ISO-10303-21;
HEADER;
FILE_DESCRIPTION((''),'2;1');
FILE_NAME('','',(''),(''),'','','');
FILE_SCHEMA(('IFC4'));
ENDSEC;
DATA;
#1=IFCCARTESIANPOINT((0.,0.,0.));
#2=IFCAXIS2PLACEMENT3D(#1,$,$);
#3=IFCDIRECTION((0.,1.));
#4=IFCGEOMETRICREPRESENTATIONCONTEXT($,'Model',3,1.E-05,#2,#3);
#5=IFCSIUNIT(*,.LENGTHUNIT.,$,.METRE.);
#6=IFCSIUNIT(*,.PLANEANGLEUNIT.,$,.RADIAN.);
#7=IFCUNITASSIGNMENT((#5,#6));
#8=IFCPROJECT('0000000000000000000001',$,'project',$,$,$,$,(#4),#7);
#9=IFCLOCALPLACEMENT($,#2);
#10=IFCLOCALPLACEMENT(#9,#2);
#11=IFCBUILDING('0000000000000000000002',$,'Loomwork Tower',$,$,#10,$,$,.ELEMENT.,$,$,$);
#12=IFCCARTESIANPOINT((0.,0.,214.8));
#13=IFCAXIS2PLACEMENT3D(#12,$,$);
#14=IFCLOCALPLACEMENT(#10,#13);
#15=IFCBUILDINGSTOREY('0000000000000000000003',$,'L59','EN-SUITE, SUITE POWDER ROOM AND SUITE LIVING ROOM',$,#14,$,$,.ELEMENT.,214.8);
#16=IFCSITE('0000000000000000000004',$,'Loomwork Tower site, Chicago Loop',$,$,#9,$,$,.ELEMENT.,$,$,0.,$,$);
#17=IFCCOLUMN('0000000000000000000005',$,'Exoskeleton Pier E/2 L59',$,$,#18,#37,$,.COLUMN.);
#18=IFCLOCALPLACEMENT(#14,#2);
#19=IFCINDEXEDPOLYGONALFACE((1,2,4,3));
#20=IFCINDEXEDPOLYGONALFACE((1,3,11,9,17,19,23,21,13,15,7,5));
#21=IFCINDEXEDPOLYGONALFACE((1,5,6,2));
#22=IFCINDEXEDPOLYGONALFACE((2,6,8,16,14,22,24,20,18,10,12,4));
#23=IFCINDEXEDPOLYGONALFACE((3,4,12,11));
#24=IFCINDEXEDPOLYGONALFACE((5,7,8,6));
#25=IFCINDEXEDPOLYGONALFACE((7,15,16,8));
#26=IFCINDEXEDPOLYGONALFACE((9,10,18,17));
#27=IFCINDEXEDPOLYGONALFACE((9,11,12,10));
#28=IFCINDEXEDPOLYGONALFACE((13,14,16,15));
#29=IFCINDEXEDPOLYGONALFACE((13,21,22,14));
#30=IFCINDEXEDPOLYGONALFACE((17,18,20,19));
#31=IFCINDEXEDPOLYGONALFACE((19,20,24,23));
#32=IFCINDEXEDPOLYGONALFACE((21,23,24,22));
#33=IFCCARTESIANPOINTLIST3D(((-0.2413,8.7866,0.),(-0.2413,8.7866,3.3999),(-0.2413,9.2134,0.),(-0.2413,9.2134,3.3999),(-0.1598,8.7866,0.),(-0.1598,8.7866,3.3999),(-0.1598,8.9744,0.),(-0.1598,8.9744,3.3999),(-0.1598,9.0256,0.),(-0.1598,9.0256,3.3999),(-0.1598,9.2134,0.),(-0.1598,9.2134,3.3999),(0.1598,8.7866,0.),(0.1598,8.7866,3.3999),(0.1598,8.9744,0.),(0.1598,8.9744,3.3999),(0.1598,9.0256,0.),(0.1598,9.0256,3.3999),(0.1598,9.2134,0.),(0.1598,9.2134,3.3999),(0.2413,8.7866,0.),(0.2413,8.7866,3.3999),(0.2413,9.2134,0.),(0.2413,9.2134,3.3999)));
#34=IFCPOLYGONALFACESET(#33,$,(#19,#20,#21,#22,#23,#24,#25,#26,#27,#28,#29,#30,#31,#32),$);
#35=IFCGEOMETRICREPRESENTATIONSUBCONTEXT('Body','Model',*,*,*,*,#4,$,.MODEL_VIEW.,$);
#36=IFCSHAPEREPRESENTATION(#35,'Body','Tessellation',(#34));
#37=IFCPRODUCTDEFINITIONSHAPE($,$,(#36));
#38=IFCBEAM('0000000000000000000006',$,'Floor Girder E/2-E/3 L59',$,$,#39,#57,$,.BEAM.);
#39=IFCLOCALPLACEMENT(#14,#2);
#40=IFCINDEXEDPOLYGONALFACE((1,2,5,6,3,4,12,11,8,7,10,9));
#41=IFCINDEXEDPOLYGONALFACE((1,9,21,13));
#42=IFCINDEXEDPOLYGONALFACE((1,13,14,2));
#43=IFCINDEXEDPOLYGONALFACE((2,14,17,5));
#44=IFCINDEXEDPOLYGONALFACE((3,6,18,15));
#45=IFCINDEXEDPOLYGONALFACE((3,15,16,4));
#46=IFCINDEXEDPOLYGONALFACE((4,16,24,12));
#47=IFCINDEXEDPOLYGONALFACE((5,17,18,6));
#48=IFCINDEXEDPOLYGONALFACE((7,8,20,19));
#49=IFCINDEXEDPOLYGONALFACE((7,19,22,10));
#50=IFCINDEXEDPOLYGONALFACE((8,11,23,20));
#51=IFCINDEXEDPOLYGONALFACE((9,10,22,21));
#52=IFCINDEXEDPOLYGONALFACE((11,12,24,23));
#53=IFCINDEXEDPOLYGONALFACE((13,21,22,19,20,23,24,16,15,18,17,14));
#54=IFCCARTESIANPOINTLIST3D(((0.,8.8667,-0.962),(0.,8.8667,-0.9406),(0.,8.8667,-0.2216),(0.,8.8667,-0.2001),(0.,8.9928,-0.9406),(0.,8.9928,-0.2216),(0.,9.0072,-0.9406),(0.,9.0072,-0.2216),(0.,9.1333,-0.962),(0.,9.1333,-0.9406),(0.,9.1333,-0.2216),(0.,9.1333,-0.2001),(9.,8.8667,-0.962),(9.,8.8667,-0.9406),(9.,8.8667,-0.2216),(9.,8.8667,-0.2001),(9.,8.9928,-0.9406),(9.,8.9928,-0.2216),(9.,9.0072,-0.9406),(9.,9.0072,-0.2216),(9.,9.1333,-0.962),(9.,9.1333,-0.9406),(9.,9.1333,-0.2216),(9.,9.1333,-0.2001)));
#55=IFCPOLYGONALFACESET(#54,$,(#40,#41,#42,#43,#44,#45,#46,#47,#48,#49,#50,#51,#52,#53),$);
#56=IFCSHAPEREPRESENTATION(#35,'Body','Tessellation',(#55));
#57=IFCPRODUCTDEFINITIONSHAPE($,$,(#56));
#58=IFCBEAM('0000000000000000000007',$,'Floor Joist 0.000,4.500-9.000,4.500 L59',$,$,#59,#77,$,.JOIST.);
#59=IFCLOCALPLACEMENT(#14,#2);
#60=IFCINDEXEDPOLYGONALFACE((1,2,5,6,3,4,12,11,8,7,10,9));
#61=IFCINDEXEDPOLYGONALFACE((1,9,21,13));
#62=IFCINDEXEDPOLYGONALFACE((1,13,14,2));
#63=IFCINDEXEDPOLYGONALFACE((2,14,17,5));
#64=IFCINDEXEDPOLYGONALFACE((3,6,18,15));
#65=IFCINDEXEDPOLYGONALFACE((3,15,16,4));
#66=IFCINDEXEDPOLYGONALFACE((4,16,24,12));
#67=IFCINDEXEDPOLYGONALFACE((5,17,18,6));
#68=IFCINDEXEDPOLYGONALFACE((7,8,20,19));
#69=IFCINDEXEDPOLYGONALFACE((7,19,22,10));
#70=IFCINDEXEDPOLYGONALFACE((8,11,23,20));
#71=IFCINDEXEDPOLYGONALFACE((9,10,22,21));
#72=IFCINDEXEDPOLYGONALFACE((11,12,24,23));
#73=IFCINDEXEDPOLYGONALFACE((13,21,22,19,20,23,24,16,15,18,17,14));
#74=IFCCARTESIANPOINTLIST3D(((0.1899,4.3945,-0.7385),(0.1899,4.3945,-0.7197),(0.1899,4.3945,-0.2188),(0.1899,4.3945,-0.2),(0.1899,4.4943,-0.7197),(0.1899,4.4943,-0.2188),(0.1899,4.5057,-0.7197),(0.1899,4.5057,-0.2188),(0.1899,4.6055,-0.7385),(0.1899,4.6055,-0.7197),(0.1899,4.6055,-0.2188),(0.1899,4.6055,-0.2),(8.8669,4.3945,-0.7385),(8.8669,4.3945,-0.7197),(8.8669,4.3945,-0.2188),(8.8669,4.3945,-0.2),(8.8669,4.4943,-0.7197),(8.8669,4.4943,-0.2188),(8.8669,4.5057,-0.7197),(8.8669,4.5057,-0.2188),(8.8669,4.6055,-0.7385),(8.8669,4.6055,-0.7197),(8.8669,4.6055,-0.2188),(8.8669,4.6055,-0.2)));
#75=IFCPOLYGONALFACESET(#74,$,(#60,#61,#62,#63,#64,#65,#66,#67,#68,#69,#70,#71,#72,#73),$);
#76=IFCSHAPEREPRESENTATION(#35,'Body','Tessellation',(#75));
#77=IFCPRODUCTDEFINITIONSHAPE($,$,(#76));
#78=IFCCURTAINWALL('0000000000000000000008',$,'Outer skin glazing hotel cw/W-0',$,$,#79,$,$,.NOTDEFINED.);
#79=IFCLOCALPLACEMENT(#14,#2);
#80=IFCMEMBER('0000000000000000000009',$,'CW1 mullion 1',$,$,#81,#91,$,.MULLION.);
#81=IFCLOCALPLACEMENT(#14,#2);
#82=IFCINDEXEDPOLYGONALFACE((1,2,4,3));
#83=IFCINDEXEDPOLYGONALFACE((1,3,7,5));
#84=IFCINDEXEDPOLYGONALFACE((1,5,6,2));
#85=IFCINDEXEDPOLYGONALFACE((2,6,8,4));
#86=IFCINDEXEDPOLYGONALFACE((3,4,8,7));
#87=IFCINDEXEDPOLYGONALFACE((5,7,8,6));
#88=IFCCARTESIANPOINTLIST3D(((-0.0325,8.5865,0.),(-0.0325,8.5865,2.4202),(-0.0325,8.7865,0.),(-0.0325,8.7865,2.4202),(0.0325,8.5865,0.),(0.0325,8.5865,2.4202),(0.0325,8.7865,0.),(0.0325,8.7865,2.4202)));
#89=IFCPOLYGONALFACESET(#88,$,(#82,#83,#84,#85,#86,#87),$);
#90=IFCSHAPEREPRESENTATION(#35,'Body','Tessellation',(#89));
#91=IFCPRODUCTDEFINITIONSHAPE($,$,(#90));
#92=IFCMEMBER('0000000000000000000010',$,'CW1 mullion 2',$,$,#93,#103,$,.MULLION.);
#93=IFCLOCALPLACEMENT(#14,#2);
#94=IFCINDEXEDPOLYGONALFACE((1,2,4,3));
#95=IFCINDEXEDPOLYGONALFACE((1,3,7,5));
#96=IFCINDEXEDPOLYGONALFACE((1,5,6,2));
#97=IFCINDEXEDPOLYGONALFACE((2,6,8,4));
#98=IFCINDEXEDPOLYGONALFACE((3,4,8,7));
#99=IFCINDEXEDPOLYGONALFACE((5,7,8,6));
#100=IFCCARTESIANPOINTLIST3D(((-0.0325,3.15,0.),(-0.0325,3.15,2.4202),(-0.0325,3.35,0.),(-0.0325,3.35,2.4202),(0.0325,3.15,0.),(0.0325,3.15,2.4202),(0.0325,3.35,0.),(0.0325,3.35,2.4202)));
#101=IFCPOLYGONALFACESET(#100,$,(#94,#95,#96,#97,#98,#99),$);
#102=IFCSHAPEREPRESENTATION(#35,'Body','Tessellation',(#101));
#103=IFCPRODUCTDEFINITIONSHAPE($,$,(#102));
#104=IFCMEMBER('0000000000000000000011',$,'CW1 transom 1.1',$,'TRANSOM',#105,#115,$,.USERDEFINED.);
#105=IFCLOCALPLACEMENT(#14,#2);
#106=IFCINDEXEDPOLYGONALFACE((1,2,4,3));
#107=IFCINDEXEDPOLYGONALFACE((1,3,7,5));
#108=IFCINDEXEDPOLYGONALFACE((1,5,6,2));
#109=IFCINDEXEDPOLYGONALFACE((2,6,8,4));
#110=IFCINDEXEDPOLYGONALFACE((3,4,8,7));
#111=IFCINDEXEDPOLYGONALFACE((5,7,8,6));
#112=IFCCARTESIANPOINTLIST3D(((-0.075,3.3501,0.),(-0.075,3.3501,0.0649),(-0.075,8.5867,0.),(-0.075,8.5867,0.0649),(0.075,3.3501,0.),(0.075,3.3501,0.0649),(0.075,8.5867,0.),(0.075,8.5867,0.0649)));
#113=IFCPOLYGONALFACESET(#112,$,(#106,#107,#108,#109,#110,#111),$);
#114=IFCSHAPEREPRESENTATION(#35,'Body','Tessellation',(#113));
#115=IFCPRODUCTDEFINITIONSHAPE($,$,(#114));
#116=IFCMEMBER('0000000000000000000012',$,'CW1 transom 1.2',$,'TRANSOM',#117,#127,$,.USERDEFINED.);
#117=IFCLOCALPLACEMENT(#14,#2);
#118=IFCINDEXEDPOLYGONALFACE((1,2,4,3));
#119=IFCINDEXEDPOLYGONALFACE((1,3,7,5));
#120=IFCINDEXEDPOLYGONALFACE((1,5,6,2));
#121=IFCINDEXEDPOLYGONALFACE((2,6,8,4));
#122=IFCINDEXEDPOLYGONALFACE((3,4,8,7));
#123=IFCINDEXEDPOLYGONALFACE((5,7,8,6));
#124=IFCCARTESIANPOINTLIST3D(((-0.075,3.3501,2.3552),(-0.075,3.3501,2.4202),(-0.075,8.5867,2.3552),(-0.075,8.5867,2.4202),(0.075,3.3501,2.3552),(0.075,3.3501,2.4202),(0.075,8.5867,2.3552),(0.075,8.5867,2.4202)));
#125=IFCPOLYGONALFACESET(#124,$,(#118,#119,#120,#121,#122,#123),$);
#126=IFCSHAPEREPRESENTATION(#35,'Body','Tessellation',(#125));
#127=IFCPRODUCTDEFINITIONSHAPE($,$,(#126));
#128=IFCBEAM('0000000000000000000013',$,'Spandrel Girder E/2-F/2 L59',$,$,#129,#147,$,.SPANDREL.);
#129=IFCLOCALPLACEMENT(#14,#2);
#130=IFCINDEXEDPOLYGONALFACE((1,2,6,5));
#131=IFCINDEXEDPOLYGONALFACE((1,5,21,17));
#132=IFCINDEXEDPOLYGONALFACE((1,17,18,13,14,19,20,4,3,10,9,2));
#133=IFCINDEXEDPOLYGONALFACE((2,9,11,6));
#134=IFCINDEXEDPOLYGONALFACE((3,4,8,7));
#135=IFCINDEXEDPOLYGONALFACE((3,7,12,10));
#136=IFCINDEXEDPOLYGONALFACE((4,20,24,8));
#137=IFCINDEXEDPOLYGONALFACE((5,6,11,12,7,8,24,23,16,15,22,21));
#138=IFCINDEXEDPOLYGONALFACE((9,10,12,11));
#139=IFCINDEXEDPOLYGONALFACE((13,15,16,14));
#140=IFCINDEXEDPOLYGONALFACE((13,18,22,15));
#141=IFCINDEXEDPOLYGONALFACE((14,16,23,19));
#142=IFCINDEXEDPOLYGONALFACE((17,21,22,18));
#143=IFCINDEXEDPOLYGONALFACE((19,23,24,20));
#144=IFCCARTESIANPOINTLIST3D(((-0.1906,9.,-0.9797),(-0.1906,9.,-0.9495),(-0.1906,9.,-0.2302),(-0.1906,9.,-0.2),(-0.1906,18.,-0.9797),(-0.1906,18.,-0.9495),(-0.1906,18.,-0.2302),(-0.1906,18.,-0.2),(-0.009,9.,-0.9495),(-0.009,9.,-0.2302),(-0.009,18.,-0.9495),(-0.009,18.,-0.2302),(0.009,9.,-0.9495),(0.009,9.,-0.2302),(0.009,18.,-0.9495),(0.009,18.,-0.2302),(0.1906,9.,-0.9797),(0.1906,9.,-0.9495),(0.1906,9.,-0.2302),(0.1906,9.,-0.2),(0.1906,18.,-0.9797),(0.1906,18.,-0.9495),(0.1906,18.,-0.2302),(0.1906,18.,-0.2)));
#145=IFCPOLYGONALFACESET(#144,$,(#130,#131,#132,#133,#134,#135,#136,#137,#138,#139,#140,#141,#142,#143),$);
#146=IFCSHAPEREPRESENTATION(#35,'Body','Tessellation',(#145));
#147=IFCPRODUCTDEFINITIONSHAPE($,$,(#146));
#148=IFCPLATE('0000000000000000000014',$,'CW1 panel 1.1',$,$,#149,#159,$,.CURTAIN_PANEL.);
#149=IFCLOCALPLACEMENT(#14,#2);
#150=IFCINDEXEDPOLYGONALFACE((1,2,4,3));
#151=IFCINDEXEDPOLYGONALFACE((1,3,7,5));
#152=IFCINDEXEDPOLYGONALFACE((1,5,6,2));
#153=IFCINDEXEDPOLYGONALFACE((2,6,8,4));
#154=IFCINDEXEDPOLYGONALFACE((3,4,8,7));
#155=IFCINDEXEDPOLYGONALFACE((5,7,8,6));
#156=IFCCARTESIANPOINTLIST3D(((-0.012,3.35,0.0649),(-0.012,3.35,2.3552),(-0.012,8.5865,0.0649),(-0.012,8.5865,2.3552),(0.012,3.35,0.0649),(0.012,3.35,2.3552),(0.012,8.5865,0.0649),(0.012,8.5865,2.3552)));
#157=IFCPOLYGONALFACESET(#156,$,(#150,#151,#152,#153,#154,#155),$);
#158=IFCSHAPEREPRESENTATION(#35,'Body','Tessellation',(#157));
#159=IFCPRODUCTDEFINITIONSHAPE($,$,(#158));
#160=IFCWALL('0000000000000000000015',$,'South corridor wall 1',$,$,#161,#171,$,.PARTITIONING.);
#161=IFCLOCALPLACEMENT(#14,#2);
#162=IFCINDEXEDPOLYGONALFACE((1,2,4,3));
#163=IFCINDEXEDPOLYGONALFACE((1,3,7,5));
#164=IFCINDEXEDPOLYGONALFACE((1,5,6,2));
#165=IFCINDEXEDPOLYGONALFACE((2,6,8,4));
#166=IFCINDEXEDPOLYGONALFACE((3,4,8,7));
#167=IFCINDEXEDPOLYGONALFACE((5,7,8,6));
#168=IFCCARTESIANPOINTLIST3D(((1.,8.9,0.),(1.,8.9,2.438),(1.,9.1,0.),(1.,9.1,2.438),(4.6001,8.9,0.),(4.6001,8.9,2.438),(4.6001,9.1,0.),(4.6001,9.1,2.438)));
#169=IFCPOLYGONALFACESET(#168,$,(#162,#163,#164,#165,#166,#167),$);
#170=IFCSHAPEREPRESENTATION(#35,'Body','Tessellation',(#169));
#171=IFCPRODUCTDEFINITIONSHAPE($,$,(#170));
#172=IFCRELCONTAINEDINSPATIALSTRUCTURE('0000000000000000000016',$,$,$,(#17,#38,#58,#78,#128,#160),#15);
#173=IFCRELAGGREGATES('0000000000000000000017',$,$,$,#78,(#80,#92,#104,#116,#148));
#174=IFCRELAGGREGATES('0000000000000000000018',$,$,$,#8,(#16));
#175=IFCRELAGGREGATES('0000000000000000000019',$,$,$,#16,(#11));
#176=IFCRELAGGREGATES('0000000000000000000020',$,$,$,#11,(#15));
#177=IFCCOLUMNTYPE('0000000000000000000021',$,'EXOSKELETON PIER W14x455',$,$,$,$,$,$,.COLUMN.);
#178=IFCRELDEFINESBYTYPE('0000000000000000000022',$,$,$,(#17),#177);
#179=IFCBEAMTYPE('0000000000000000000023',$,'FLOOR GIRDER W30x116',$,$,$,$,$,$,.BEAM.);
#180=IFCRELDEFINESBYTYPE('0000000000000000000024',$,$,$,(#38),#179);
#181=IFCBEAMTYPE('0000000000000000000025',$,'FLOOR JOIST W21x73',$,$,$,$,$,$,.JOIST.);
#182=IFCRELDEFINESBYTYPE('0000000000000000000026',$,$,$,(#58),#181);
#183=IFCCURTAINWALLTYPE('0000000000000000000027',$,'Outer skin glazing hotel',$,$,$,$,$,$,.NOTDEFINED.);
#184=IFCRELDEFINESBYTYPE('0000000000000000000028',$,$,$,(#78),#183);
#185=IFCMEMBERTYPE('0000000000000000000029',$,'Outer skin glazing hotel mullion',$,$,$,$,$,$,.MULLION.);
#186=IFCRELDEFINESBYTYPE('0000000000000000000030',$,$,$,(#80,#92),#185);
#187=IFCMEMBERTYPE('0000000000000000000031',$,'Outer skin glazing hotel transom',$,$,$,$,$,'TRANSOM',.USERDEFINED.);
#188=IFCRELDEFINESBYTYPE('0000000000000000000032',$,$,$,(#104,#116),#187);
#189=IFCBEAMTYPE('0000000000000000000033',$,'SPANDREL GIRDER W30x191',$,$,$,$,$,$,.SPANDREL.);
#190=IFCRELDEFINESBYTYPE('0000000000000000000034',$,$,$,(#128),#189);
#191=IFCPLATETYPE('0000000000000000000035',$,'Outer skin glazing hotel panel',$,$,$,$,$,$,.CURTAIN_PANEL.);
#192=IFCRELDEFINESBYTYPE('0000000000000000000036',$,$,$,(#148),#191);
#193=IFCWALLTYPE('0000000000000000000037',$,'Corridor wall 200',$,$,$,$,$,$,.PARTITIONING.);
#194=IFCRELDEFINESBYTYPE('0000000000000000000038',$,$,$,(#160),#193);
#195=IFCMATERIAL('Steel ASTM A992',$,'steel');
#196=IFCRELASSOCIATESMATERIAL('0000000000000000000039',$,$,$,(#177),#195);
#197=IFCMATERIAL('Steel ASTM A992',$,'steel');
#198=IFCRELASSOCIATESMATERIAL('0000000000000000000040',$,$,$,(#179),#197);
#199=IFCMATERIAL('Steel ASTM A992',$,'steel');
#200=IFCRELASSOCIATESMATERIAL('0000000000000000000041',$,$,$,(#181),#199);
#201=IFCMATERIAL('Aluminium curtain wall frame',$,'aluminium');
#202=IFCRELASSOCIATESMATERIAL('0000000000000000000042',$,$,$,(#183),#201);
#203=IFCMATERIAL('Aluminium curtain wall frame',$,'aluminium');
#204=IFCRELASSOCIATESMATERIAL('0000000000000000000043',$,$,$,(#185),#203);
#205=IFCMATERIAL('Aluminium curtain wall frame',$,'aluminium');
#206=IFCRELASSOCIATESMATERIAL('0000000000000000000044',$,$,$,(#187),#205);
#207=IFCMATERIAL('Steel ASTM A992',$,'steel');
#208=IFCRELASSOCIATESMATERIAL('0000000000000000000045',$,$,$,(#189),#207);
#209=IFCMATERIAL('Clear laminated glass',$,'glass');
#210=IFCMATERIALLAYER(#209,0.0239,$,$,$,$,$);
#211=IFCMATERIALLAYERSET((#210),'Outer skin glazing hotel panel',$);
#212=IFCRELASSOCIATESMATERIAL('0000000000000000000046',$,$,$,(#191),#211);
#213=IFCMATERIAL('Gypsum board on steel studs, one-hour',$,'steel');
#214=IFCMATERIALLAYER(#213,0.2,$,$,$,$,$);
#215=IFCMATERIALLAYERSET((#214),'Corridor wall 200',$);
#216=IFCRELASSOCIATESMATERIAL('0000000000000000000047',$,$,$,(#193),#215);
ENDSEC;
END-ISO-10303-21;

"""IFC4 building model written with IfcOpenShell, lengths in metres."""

from ifc_helpers import new_model, si_unit, direction, frame, frame_2d, origin, origin_2d, place, context, subcontext, project, spatial, rectangle, i_section, extrude, material, layer, layer_set, material_profile, profile_set, type_object, element, aggregate, save


model = new_model("IFC4")

# Units and contexts
model_context = context("Model", 3, precision=1e-05, world=origin(), true_north=direction((0.0, 1.0)))
body_context = subcontext(model_context, "Body", "Model", "MODEL_VIEW")
ifc_project = project(units=[si_unit("LENGTHUNIT", "METRE"), si_unit("PLANEANGLEUNIT", "RADIAN")], contexts=[model_context])

# Site, building, storey
site_placement = place(None, origin())
site = spatial("IfcSite", under=ifc_project, at=site_placement, Name="Loomwork Tower site, Chicago Loop", CompositionType="ELEMENT", RefElevation=0.0)
building_placement = place(site_placement, origin())
building = spatial("IfcBuilding", under=site, at=building_placement, Name="Loomwork Tower", CompositionType="ELEMENT")
storey_placement = place(building_placement, frame((0.0, 0.0, 214.8)))
storey = spatial("IfcBuildingStorey", under=building, at=storey_placement, Name="L59", Description="EN-SUITE, SUITE POWDER ROOM AND SUITE LIVING ROOM", CompositionType="ELEMENT", Elevation=214.8)

# Column
ifc_material_1 = material(Name="Steel ASTM A992", Category="steel")
ifc_material_profile_1 = material_profile(ifc_material_1, i_section(OverallWidth=0.4268, OverallDepth=0.4827, WebThickness=0.0513, FlangeThickness=0.0815, at=origin_2d()), Name="W14x455")
ifc_profile_set_1 = profile_set([ifc_material_profile_1], Name="Steel ASTM A992")
column_type = type_object("IfcColumnType", Name="EXOSKELETON PIER W14x455", PredefinedType="COLUMN", material=ifc_profile_set_1)
column_placement = place(storey_placement, frame((0.0, 9.0, 0.0), z_axis=(0.0, 0.0, 1.0), x_axis=(0.0, 1.0, 0.0)))
element("IfcColumn", 1, at=column_placement, inside=storey, type_object=column_type, Name="Exoskeleton Pier E/2 L59", PredefinedType="COLUMN", context=body_context, shape_type="SweptSolid", body=[
    extrude(i_section(OverallWidth=0.4268, OverallDepth=0.4827, WebThickness=0.0513, FlangeThickness=0.0815, at=origin_2d()), origin(), (0.0, 0.0, 1.0), 3.3999),
])

# Beams
ifc_material_2 = material(Name="Steel ASTM A992", Category="steel")
ifc_material_profile_2 = material_profile(ifc_material_2, i_section(OverallWidth=0.2666, OverallDepth=0.762, WebThickness=0.0144, FlangeThickness=0.0215, at=origin_2d()), Name="W30x116")
ifc_profile_set_2 = profile_set([ifc_material_profile_2], Name="Steel ASTM A992")
beam_type_1 = type_object("IfcBeamType", Name="FLOOR GIRDER W30x116", PredefinedType="BEAM", material=ifc_profile_set_2)
beam_1_placement = place(storey_placement, frame((0.0, 9.0, -0.5811), z_axis=(1.0, 0.0, 0.0), x_axis=(0.0, 1.0, 0.0)))
element("IfcBeam", 2, at=beam_1_placement, inside=storey, type_object=beam_type_1, Name="Floor Girder E/2-E/3 L59", PredefinedType="BEAM", context=body_context, shape_type="SweptSolid", body=[
    extrude(i_section(OverallWidth=0.2666, OverallDepth=0.762, WebThickness=0.0144, FlangeThickness=0.0215, at=origin_2d()), origin(), (0.0, 0.0, 1.0), 9.0),
])
ifc_material_3 = material(Name="Steel ASTM A992", Category="steel")
ifc_material_profile_3 = material_profile(ifc_material_3, i_section(OverallWidth=0.2109, OverallDepth=0.5386, WebThickness=0.0115, FlangeThickness=0.0188, at=origin_2d()), Name="W21x73")
ifc_profile_set_3 = profile_set([ifc_material_profile_3], Name="Steel ASTM A992")
beam_type_2 = type_object("IfcBeamType", Name="FLOOR JOIST W21x73", PredefinedType="JOIST", material=ifc_profile_set_3)
beam_2_placement = place(storey_placement, frame((0.1899, 4.5, -0.4692), z_axis=(1.0, 0.0, 0.0), x_axis=(0.0, 1.0, 0.0)))
element("IfcBeam", 3, at=beam_2_placement, inside=storey, type_object=beam_type_2, Name="Floor Joist 0.000,4.500-9.000,4.500 L59", PredefinedType="JOIST", context=body_context, shape_type="SweptSolid", body=[
    extrude(i_section(OverallWidth=0.2109, OverallDepth=0.5386, WebThickness=0.0115, FlangeThickness=0.0188, at=origin_2d()), origin(), (0.0, 0.0, 1.0), 8.677),
])

# Curtain wall, members
ifc_material_4 = material(Name="Aluminium curtain wall frame", Category="aluminium")
curtain_wall_type = type_object("IfcCurtainWallType", Name="Outer skin glazing hotel", PredefinedType="NOTDEFINED", material=ifc_material_4)
curtain_wall_placement = place(storey_placement, origin())
curtain_wall = element("IfcCurtainWall", 4, at=curtain_wall_placement, inside=storey, type_object=curtain_wall_type, Name="Outer skin glazing hotel cw/W-0", PredefinedType="NOTDEFINED")
ifc_material_5 = material(Name="Aluminium curtain wall frame", Category="aluminium")
ifc_material_profile_4 = material_profile(ifc_material_5, rectangle(XDim=0.0649, YDim=0.2, at=origin_2d()), Name="AL 65x200")
ifc_profile_set_4 = profile_set([ifc_material_profile_4], Name="Aluminium curtain wall frame")
member_type_1 = type_object("IfcMemberType", Name="Outer skin glazing hotel mullion", PredefinedType="MULLION", material=ifc_profile_set_4)
member_1_placement = place(storey_placement, frame((0.0, 8.6865, 0.0), z_axis=(0.0, 0.0, 1.0), x_axis=(1.0, 0.0, 0.0)))
member_1 = element("IfcMember", 5, at=member_1_placement, type_object=member_type_1, Name="CW1 mullion 1", PredefinedType="MULLION", context=body_context, shape_type="SweptSolid", body=[
    extrude(rectangle(XDim=0.0649, YDim=0.2, at=origin_2d()), origin(), (0.0, 0.0, 1.0), 2.4202),
])
member_2_placement = place(storey_placement, frame((0.0, 3.25, 0.0), z_axis=(0.0, 0.0, 1.0), x_axis=(1.0, 0.0, 0.0)))
member_2 = element("IfcMember", 6, at=member_2_placement, type_object=member_type_1, Name="CW1 mullion 2", PredefinedType="MULLION", context=body_context, shape_type="SweptSolid", body=[
    extrude(rectangle(XDim=0.0649, YDim=0.2, at=origin_2d()), origin(), (0.0, 0.0, 1.0), 2.4202),
])
ifc_material_6 = material(Name="Aluminium curtain wall frame", Category="aluminium")
ifc_material_profile_5 = material_profile(ifc_material_6, rectangle(XDim=0.1499, YDim=0.0649, at=origin_2d()), Name="AL 65x150")
ifc_profile_set_5 = profile_set([ifc_material_profile_5], Name="Aluminium curtain wall frame")
member_type_2 = type_object("IfcMemberType", Name="Outer skin glazing hotel transom", ElementType="TRANSOM", PredefinedType="USERDEFINED", material=ifc_profile_set_5)
member_3_placement = place(storey_placement, frame((0.0, 8.5867, 0.0325), z_axis=(0.0, -1.0, 0.0), x_axis=(1.0, 0.0, 0.0)))
member_3 = element("IfcMember", 7, at=member_3_placement, type_object=member_type_2, Name="CW1 transom 1.1", ObjectType="TRANSOM", PredefinedType="USERDEFINED", context=body_context, shape_type="SweptSolid", body=[
    extrude(rectangle(XDim=0.1499, YDim=0.0649, at=origin_2d()), origin(), (0.0, 0.0, 1.0), 5.2366),
])
member_4_placement = place(storey_placement, frame((0.0, 8.5867, 2.3877), z_axis=(0.0, -1.0, 0.0), x_axis=(1.0, 0.0, 0.0)))
member_4 = element("IfcMember", 8, at=member_4_placement, type_object=member_type_2, Name="CW1 transom 1.2", ObjectType="TRANSOM", PredefinedType="USERDEFINED", context=body_context, shape_type="SweptSolid", body=[
    extrude(rectangle(XDim=0.1499, YDim=0.0649, at=origin_2d()), origin(), (0.0, 0.0, 1.0), 5.2366),
])

# Beam
ifc_material_7 = material(Name="Steel ASTM A992", Category="steel")
ifc_material_profile_6 = material_profile(ifc_material_7, i_section(OverallWidth=0.3811, OverallDepth=0.7798, WebThickness=0.0181, FlangeThickness=0.0303, at=origin_2d()), Name="W30x191")
ifc_profile_set_6 = profile_set([ifc_material_profile_6], Name="Steel ASTM A992")
beam_type_3 = type_object("IfcBeamType", Name="SPANDREL GIRDER W30x191", PredefinedType="SPANDREL", material=ifc_profile_set_6)
beam_3_placement = place(storey_placement, frame((0.0, 9.0, -0.5898), z_axis=(0.0, 1.0, 0.0), x_axis=(-1.0, 0.0, 0.0)))
element("IfcBeam", 9, at=beam_3_placement, inside=storey, type_object=beam_type_3, Name="Spandrel Girder E/2-F/2 L59", PredefinedType="SPANDREL", context=body_context, shape_type="SweptSolid", body=[
    extrude(i_section(OverallWidth=0.3811, OverallDepth=0.7798, WebThickness=0.0181, FlangeThickness=0.0303, at=origin_2d()), origin(), (0.0, 0.0, 1.0), 9.0),
])

# Plate
ifc_material_8 = material(Name="Clear laminated glass", Category="glass")
ifc_layer_1 = layer(ifc_material_8, 0.0239)
ifc_layer_set_1 = layer_set([ifc_layer_1], Name="Outer skin glazing hotel panel")
plate_type = type_object("IfcPlateType", Name="Outer skin glazing hotel panel", PredefinedType="CURTAIN_PANEL", material=ifc_layer_set_1)
plate_placement = place(storey_placement, frame((0.0, 5.9683, 0.0649), z_axis=(0.0, 0.0, 1.0), x_axis=(0.0, -1.0, 0.0)))
plate = element("IfcPlate", 10, at=plate_placement, type_object=plate_type, Name="CW1 panel 1.1", PredefinedType="CURTAIN_PANEL", context=body_context, shape_type="SweptSolid", body=[
    extrude(rectangle(XDim=5.2366, YDim=0.0239, at=origin_2d()), origin(), (0.0, 0.0, 1.0), 2.2903),
])
aggregate(curtain_wall, [member_1, member_2, member_3, member_4, plate])

# Wall
ifc_material_9 = material(Name="Gypsum board on steel studs, one-hour", Category="steel")
ifc_layer_2 = layer(ifc_material_9, 0.2)
ifc_layer_set_2 = layer_set([ifc_layer_2], Name="Corridor wall 200")
wall_type_1 = type_object("IfcWallType", Name="Corridor wall 200", PredefinedType="PARTITIONING", material=ifc_layer_set_2)
wall_1_placement = place(storey_placement, frame((1.0, 9.0, 0.0), z_axis=(0.0, 0.0, 1.0), x_axis=(1.0, 0.0, 0.0)))
element("IfcWall", 11, at=wall_1_placement, inside=storey, type_object=wall_type_1, Name="South corridor wall 1", PredefinedType="PARTITIONING", context=body_context, shape_type="SweptSolid", body=[
    extrude(rectangle(XDim=3.6001, YDim=0.2, at=frame_2d((1.8, 0.0))), origin(), (0.0, 0.0, 1.0), 2.438),
])

save(model, "model.ifc")
